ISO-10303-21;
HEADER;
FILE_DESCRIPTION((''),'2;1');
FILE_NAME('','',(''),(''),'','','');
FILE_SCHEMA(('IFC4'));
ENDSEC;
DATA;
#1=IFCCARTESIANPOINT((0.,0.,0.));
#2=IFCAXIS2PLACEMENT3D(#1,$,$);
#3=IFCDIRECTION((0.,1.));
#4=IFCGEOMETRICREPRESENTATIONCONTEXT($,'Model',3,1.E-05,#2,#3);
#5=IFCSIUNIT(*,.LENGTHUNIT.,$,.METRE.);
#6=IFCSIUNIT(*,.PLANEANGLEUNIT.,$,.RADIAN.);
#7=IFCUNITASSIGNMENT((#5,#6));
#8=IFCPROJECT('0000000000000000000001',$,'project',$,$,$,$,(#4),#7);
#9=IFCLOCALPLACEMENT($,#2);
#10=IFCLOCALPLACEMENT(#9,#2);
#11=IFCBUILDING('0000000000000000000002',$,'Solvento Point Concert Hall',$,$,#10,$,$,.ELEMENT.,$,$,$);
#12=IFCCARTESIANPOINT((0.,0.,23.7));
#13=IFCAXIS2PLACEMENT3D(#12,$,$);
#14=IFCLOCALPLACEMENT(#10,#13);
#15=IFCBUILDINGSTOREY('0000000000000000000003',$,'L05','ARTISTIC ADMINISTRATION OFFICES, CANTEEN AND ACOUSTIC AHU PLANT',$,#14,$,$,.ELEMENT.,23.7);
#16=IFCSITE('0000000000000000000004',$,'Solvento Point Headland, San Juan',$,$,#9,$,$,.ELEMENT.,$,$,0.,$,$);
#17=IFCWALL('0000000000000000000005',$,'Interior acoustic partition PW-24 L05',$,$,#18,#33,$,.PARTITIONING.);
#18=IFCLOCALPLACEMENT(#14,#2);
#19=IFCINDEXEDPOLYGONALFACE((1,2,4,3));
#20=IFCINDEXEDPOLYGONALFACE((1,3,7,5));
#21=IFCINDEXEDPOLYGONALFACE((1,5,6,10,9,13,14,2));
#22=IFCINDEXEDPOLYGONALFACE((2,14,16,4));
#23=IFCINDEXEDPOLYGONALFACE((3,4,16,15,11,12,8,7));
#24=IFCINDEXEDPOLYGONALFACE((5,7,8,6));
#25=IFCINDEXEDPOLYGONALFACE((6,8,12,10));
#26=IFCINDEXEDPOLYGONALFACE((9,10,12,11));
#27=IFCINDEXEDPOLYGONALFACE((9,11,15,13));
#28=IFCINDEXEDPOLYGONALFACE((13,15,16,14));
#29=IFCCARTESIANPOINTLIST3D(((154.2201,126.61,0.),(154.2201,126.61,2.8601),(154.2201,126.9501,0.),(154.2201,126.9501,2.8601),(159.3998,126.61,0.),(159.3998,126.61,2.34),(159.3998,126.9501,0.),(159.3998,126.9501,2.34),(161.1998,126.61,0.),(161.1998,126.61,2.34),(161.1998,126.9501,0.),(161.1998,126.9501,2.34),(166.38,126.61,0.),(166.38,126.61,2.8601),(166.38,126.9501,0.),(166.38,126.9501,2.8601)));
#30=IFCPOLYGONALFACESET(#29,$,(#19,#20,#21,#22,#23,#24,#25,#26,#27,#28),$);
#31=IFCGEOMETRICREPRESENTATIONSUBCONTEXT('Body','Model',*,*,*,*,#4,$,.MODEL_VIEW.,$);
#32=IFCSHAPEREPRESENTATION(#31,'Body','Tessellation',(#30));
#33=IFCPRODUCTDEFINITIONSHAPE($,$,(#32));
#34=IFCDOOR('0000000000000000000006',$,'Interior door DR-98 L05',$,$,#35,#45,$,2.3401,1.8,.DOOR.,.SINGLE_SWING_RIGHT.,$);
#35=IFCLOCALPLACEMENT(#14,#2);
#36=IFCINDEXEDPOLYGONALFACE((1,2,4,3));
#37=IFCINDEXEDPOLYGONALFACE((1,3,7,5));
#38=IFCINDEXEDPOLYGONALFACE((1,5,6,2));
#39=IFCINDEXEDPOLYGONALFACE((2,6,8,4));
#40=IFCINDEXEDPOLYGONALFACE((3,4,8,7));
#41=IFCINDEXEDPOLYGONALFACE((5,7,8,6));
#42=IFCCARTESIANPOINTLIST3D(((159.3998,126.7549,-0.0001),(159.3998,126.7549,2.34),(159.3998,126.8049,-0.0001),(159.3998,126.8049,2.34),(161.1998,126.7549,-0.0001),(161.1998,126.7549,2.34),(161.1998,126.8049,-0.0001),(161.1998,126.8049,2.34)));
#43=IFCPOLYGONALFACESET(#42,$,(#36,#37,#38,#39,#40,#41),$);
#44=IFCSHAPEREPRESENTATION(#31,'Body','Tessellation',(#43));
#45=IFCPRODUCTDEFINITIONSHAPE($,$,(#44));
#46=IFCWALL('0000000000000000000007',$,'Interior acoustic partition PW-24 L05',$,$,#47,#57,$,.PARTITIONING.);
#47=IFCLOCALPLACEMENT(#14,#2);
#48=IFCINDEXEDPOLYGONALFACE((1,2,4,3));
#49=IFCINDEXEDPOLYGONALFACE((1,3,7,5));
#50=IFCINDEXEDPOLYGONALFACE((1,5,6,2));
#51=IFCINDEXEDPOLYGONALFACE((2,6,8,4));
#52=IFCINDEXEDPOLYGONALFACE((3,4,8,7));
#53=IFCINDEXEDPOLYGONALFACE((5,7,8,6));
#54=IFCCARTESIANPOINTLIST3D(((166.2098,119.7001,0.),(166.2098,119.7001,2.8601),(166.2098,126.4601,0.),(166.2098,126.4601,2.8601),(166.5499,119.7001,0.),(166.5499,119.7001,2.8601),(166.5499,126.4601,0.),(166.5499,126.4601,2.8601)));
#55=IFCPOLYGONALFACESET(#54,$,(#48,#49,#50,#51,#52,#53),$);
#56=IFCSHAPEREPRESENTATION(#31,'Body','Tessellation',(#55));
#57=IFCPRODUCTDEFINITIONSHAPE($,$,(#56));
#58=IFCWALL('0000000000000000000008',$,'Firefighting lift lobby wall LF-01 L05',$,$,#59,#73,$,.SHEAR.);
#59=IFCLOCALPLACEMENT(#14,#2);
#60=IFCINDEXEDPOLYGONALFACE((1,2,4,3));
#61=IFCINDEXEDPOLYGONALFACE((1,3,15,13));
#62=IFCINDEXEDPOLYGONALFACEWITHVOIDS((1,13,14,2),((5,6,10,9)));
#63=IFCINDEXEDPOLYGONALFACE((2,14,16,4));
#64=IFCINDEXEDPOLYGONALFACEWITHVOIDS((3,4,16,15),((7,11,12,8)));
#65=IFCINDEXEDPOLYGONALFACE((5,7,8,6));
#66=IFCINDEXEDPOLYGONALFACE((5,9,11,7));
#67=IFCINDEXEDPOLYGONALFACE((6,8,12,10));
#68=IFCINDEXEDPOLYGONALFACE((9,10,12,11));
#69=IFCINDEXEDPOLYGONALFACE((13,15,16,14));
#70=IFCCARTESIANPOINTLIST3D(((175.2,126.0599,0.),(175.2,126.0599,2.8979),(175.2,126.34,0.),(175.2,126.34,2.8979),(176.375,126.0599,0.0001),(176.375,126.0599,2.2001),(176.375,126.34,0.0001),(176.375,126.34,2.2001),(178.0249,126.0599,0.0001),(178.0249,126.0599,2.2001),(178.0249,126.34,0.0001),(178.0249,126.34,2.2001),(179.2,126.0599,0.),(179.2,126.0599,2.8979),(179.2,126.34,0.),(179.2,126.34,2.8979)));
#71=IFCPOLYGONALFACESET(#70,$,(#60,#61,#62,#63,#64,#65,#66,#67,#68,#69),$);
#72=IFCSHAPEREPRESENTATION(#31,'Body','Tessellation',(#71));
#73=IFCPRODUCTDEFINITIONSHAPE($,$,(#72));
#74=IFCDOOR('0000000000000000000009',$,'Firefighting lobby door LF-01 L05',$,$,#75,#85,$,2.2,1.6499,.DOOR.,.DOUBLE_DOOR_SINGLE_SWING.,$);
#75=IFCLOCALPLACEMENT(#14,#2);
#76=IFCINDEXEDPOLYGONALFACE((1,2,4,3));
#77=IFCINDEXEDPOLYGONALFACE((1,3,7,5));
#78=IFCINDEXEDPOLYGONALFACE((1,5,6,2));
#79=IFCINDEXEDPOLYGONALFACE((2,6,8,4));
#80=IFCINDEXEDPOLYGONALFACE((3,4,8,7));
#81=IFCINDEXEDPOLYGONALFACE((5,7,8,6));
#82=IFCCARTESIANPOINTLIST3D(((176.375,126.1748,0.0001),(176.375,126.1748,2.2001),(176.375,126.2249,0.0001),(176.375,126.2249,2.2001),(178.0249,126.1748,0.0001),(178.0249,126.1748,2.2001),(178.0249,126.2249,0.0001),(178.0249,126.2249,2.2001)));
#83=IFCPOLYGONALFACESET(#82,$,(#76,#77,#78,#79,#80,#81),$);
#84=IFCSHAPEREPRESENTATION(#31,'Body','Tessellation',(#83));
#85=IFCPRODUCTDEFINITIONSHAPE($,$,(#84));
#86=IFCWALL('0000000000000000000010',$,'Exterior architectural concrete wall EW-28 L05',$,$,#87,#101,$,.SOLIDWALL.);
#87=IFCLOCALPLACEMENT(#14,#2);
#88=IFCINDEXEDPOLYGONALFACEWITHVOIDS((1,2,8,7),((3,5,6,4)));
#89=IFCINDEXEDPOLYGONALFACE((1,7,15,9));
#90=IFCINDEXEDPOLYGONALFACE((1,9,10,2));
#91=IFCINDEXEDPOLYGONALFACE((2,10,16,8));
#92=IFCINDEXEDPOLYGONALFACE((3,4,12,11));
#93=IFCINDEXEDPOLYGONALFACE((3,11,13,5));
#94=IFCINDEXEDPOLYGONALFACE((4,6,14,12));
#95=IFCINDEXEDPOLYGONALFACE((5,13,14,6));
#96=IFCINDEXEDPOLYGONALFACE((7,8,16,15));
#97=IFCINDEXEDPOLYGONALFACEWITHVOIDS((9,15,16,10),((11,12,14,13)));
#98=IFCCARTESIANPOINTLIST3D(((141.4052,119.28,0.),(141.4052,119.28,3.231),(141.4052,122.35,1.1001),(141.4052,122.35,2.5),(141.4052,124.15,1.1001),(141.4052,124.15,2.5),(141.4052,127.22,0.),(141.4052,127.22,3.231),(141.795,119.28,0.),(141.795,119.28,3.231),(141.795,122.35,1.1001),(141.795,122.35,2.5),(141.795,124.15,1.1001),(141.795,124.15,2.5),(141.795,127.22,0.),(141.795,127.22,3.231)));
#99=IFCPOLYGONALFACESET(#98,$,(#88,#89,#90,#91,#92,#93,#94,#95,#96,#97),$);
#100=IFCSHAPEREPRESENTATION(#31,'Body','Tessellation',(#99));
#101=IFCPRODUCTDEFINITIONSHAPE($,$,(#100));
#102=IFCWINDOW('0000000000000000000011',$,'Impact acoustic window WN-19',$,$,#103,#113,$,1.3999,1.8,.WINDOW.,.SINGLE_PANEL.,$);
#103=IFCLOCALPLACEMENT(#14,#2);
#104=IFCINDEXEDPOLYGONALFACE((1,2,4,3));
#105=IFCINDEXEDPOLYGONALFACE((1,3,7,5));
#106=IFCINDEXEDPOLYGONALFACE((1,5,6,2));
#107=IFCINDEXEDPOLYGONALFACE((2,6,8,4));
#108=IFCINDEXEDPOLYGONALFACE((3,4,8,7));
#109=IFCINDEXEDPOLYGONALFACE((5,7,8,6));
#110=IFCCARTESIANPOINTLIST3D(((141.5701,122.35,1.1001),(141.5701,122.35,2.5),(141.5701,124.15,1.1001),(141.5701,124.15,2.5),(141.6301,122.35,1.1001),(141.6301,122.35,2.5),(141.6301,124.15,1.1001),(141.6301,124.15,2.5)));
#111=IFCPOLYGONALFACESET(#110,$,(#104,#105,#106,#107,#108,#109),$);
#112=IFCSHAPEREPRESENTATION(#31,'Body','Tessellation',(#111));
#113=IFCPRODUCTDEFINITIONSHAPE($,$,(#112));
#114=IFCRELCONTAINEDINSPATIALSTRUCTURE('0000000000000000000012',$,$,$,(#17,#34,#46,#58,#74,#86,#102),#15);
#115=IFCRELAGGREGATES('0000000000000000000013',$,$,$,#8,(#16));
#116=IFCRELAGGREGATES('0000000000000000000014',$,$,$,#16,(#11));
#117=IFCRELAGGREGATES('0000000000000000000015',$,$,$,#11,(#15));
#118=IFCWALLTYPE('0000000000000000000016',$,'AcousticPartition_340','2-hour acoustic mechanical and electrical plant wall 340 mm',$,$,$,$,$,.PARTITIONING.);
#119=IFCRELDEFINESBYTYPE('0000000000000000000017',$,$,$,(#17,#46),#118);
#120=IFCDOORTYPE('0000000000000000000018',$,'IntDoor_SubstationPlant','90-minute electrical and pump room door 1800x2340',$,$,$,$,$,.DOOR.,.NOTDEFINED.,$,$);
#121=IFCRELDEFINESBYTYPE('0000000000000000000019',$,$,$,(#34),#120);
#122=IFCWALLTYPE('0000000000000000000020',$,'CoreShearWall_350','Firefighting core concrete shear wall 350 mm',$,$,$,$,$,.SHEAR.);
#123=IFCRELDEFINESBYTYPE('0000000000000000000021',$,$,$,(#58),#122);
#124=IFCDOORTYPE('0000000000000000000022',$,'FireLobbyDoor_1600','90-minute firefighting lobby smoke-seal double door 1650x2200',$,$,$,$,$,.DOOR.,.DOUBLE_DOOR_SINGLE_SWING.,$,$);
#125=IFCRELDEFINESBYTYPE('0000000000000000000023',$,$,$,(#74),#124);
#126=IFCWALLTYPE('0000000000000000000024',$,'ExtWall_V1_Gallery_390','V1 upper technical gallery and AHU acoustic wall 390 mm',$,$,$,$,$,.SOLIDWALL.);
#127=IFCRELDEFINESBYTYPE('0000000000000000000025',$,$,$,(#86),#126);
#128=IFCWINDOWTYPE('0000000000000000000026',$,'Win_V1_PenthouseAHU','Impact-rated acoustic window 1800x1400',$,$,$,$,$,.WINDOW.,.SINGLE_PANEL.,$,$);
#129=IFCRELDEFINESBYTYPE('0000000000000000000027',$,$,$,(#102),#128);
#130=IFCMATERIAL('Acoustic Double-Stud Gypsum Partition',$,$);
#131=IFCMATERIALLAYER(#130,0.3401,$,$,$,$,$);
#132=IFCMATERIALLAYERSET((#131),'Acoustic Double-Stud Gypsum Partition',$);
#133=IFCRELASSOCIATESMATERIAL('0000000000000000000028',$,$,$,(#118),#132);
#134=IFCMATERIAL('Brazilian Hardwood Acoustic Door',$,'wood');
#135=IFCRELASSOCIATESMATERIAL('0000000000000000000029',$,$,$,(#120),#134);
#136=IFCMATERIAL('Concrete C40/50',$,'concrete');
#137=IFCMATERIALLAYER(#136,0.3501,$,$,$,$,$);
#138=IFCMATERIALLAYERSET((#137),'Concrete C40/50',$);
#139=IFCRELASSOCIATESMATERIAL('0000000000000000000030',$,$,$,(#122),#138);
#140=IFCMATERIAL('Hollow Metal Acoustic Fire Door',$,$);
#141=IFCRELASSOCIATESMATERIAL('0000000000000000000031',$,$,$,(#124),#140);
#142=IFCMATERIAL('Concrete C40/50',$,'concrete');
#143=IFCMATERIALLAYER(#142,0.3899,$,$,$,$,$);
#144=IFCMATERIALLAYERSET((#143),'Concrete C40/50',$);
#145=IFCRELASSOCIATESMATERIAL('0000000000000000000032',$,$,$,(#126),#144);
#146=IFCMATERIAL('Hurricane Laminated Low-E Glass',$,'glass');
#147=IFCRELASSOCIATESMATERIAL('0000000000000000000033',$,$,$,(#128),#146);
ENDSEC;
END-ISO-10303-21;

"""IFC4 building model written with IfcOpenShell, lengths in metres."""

from ifc_helpers import new_model, si_unit, direction, frame, frame_2d, origin, place, context, subcontext, project, spatial, rectangle, extrude, material, layer, layer_set, type_object, element, fill, save


model = new_model("IFC4")

# Units and contexts
model_context = context("Model", 3, precision=1e-05, world=origin(), true_north=direction((0.0, 1.0)))
body_context = subcontext(model_context, "Body", "Model", "MODEL_VIEW")
ifc_project = project(units=[si_unit("LENGTHUNIT", "METRE"), si_unit("PLANEANGLEUNIT", "RADIAN")], contexts=[model_context])

# Site, building, storey
site_placement = place(None, origin())
site = spatial("IfcSite", under=ifc_project, at=site_placement, Name="Solvento Point Headland, San Juan", CompositionType="ELEMENT", RefElevation=0.0)
building_placement = place(site_placement, origin())
building = spatial("IfcBuilding", under=site, at=building_placement, Name="Solvento Point Concert Hall", CompositionType="ELEMENT")
storey_placement = place(building_placement, frame((0.0, 0.0, 23.7)))
storey = spatial("IfcBuildingStorey", under=building, at=storey_placement, Name="L05", Description="ARTISTIC ADMINISTRATION OFFICES, CANTEEN AND ACOUSTIC AHU PLANT", CompositionType="ELEMENT", Elevation=23.7)

# Shared definitions
ifc_material_1 = material(Name="Acoustic Double-Stud Gypsum Partition")
ifc_layer_1 = layer(ifc_material_1, 0.3401)
ifc_layer_set_1 = layer_set([ifc_layer_1], Name="Acoustic Double-Stud Gypsum Partition")
wall_type_1 = type_object("IfcWallType", Name="AcousticPartition_340", Description="2-hour acoustic mechanical and electrical plant wall 340 mm", PredefinedType="PARTITIONING", material=ifc_layer_set_1)

# Wall, opening, door
wall_1_placement = place(storey_placement, frame((154.22, 126.78, 0.0), z_axis=(0.0, 0.0, 1.0), x_axis=(1.0, 0.0, 0.0)))
wall_1 = element("IfcWall", 1, at=wall_1_placement, inside=storey, type_object=wall_type_1, Name="Interior acoustic partition PW-24 L05", PredefinedType="PARTITIONING", context=body_context, shape_type="SweptSolid", body=[
    extrude(rectangle(XDim=12.1599, YDim=0.3401, at=frame_2d((6.0801, 0.0))), origin(), (0.0, 0.0, 1.0), 2.8601),
])
opening_1_placement = place(wall_1_placement, frame((5.1799, 0.0, 0.0)))
opening_1 = element("IfcOpeningElement", 2, at=opening_1_placement, cuts=wall_1, PredefinedType="OPENING", context=body_context, shape_type="SweptSolid", body=[
    extrude(rectangle(XDim=1.8, YDim=2.3401, at=frame_2d((0.8999, 1.1699))), frame((0.0, 0.1799, 0.0), z_axis=(0.0, -1.0, 0.0), x_axis=(1.0, 0.0, 0.0)), (0.0, 0.0, 1.0), 0.3601),
])
ifc_material_2 = material(Name="Brazilian Hardwood Acoustic Door", Category="wood")
door_type_1 = type_object("IfcDoorType", Name="IntDoor_SubstationPlant", Description="90-minute electrical and pump room door 1800x2340", OperationType="NOTDEFINED", PredefinedType="DOOR", material=ifc_material_2)
door_1_placement = place(opening_1_placement, origin())
door_1 = element("IfcDoor", 3, at=door_1_placement, inside=storey, type_object=door_type_1, Name="Interior door DR-98 L05", OperationType="SINGLE_SWING_RIGHT", OverallHeight=2.3401, OverallWidth=1.8, PredefinedType="DOOR", context=body_context, shape_type="SweptSolid", body=[
    extrude(rectangle(XDim=1.8, YDim=2.3401, at=frame_2d((0.8999, 1.1699))), frame((0.0, 0.0249, 0.0), z_axis=(0.0, -1.0, 0.0), x_axis=(1.0, 0.0, 0.0)), (0.0, 0.0, 1.0), 0.05),
])
fill(opening_1, door_1)

# Wall
wall_2_placement = place(storey_placement, frame((166.3799, 126.46, 0.0), z_axis=(0.0, 0.0, 1.0), x_axis=(0.0, -1.0, 0.0)))
element("IfcWall", 4, at=wall_2_placement, inside=storey, type_object=wall_type_1, Name="Interior acoustic partition PW-24 L05", PredefinedType="PARTITIONING", context=body_context, shape_type="SweptSolid", body=[
    extrude(rectangle(XDim=6.76, YDim=0.3401, at=frame_2d((3.3799, 0.0))), origin(), (0.0, 0.0, 1.0), 2.8601),
])

# Wall, opening, door
ifc_material_3 = material(Name="Concrete C40/50", Category="concrete")
ifc_layer_2 = layer(ifc_material_3, 0.3501)
ifc_layer_set_2 = layer_set([ifc_layer_2], Name="Concrete C40/50")
wall_type_2 = type_object("IfcWallType", Name="CoreShearWall_350", Description="Firefighting core concrete shear wall 350 mm", PredefinedType="SHEAR", material=ifc_layer_set_2)
wall_3_placement = place(storey_placement, frame((175.2, 126.2, 0.0), z_axis=(0.0, 0.0, 1.0), x_axis=(1.0, 0.0, 0.0)))
wall_3 = element("IfcWall", 5, at=wall_3_placement, inside=storey, type_object=wall_type_2, Name="Firefighting lift lobby wall LF-01 L05", PredefinedType="SHEAR", context=body_context, shape_type="SweptSolid", body=[
    extrude(rectangle(XDim=4.0, YDim=0.28, at=frame_2d((2.0, 0.0))), origin(), (0.0, 0.0, 1.0), 2.8979),
])
opening_2_placement = place(wall_3_placement, frame((1.175, 0.0, 0.0)))
opening_2 = element("IfcOpeningElement", 6, at=opening_2_placement, cuts=wall_3, PredefinedType="OPENING", context=body_context, shape_type="SweptSolid", body=[
    extrude(rectangle(XDim=1.6499, YDim=2.2, at=frame_2d((0.825, 1.1001))), frame((0.0, 0.1499, 0.0), z_axis=(0.0, -1.0, 0.0), x_axis=(1.0, 0.0, 0.0)), (0.0, 0.0, 1.0), 0.3),
])
ifc_material_4 = material(Name="Hollow Metal Acoustic Fire Door")
door_type_2 = type_object("IfcDoorType", Name="FireLobbyDoor_1600", Description="90-minute firefighting lobby smoke-seal double door 1650x2200", OperationType="DOUBLE_DOOR_SINGLE_SWING", PredefinedType="DOOR", material=ifc_material_4)
door_2_placement = place(opening_2_placement, origin())
door_2 = element("IfcDoor", 7, at=door_2_placement, inside=storey, type_object=door_type_2, Name="Firefighting lobby door LF-01 L05", OperationType="DOUBLE_DOOR_SINGLE_SWING", OverallHeight=2.2, OverallWidth=1.6499, PredefinedType="DOOR", context=body_context, shape_type="SweptSolid", body=[
    extrude(rectangle(XDim=1.6499, YDim=2.2, at=frame_2d((0.825, 1.1001))), frame((0.0, 0.0249, 0.0), z_axis=(0.0, -1.0, 0.0), x_axis=(1.0, 0.0, 0.0)), (0.0, 0.0, 1.0), 0.05),
])
fill(opening_2, door_2)

# Wall, opening, window
ifc_material_5 = material(Name="Concrete C40/50", Category="concrete")
ifc_layer_3 = layer(ifc_material_5, 0.3899)
ifc_layer_set_3 = layer_set([ifc_layer_3], Name="Concrete C40/50")
wall_type_3 = type_object("IfcWallType", Name="ExtWall_V1_Gallery_390", Description="V1 upper technical gallery and AHU acoustic wall 390 mm", PredefinedType="SOLIDWALL", material=ifc_layer_set_3)
wall_4_placement = place(storey_placement, frame((141.6001, 119.28, 0.0), z_axis=(0.0, 0.0, 1.0), x_axis=(0.0, 1.0, 0.0)))
wall_4 = element("IfcWall", 8, at=wall_4_placement, inside=storey, type_object=wall_type_3, Name="Exterior architectural concrete wall EW-28 L05", PredefinedType="SOLIDWALL", context=body_context, shape_type="SweptSolid", body=[
    extrude(rectangle(XDim=7.9399, YDim=0.3899, at=frame_2d((3.97, 0.0))), origin(), (0.0, 0.0, 1.0), 3.231),
])
opening_3_placement = place(wall_4_placement, frame((3.0701, 0.0, 1.1001)))
opening_3 = element("IfcOpeningElement", 9, at=opening_3_placement, cuts=wall_4, PredefinedType="OPENING", context=body_context, shape_type="SweptSolid", body=[
    extrude(rectangle(XDim=1.8, YDim=1.3999, at=frame_2d((0.8999, 0.7))), frame((0.0, 0.2048, 0.0), z_axis=(0.0, -1.0, 0.0), x_axis=(1.0, 0.0, 0.0)), (0.0, 0.0, 1.0), 0.4099),
])
ifc_material_6 = material(Name="Hurricane Laminated Low-E Glass", Category="glass")
window_type = type_object("IfcWindowType", Name="Win_V1_PenthouseAHU", Description="Impact-rated acoustic window 1800x1400", PartitioningType="SINGLE_PANEL", PredefinedType="WINDOW", material=ifc_material_6)
window_placement = place(opening_3_placement, origin())
window = element("IfcWindow", 10, at=window_placement, inside=storey, type_object=window_type, Name="Impact acoustic window WN-19", OverallHeight=1.3999, OverallWidth=1.8, PartitioningType="SINGLE_PANEL", PredefinedType="WINDOW", context=body_context, shape_type="SweptSolid", body=[
    extrude(rectangle(XDim=1.8, YDim=1.3999, at=frame_2d((0.8999, 0.7))), frame((0.0, 0.03, 0.0), z_axis=(0.0, -1.0, 0.0), x_axis=(1.0, 0.0, 0.0)), (0.0, 0.0, 1.0), 0.0601),
])
fill(opening_3, window)

save(model, "model.ifc")
